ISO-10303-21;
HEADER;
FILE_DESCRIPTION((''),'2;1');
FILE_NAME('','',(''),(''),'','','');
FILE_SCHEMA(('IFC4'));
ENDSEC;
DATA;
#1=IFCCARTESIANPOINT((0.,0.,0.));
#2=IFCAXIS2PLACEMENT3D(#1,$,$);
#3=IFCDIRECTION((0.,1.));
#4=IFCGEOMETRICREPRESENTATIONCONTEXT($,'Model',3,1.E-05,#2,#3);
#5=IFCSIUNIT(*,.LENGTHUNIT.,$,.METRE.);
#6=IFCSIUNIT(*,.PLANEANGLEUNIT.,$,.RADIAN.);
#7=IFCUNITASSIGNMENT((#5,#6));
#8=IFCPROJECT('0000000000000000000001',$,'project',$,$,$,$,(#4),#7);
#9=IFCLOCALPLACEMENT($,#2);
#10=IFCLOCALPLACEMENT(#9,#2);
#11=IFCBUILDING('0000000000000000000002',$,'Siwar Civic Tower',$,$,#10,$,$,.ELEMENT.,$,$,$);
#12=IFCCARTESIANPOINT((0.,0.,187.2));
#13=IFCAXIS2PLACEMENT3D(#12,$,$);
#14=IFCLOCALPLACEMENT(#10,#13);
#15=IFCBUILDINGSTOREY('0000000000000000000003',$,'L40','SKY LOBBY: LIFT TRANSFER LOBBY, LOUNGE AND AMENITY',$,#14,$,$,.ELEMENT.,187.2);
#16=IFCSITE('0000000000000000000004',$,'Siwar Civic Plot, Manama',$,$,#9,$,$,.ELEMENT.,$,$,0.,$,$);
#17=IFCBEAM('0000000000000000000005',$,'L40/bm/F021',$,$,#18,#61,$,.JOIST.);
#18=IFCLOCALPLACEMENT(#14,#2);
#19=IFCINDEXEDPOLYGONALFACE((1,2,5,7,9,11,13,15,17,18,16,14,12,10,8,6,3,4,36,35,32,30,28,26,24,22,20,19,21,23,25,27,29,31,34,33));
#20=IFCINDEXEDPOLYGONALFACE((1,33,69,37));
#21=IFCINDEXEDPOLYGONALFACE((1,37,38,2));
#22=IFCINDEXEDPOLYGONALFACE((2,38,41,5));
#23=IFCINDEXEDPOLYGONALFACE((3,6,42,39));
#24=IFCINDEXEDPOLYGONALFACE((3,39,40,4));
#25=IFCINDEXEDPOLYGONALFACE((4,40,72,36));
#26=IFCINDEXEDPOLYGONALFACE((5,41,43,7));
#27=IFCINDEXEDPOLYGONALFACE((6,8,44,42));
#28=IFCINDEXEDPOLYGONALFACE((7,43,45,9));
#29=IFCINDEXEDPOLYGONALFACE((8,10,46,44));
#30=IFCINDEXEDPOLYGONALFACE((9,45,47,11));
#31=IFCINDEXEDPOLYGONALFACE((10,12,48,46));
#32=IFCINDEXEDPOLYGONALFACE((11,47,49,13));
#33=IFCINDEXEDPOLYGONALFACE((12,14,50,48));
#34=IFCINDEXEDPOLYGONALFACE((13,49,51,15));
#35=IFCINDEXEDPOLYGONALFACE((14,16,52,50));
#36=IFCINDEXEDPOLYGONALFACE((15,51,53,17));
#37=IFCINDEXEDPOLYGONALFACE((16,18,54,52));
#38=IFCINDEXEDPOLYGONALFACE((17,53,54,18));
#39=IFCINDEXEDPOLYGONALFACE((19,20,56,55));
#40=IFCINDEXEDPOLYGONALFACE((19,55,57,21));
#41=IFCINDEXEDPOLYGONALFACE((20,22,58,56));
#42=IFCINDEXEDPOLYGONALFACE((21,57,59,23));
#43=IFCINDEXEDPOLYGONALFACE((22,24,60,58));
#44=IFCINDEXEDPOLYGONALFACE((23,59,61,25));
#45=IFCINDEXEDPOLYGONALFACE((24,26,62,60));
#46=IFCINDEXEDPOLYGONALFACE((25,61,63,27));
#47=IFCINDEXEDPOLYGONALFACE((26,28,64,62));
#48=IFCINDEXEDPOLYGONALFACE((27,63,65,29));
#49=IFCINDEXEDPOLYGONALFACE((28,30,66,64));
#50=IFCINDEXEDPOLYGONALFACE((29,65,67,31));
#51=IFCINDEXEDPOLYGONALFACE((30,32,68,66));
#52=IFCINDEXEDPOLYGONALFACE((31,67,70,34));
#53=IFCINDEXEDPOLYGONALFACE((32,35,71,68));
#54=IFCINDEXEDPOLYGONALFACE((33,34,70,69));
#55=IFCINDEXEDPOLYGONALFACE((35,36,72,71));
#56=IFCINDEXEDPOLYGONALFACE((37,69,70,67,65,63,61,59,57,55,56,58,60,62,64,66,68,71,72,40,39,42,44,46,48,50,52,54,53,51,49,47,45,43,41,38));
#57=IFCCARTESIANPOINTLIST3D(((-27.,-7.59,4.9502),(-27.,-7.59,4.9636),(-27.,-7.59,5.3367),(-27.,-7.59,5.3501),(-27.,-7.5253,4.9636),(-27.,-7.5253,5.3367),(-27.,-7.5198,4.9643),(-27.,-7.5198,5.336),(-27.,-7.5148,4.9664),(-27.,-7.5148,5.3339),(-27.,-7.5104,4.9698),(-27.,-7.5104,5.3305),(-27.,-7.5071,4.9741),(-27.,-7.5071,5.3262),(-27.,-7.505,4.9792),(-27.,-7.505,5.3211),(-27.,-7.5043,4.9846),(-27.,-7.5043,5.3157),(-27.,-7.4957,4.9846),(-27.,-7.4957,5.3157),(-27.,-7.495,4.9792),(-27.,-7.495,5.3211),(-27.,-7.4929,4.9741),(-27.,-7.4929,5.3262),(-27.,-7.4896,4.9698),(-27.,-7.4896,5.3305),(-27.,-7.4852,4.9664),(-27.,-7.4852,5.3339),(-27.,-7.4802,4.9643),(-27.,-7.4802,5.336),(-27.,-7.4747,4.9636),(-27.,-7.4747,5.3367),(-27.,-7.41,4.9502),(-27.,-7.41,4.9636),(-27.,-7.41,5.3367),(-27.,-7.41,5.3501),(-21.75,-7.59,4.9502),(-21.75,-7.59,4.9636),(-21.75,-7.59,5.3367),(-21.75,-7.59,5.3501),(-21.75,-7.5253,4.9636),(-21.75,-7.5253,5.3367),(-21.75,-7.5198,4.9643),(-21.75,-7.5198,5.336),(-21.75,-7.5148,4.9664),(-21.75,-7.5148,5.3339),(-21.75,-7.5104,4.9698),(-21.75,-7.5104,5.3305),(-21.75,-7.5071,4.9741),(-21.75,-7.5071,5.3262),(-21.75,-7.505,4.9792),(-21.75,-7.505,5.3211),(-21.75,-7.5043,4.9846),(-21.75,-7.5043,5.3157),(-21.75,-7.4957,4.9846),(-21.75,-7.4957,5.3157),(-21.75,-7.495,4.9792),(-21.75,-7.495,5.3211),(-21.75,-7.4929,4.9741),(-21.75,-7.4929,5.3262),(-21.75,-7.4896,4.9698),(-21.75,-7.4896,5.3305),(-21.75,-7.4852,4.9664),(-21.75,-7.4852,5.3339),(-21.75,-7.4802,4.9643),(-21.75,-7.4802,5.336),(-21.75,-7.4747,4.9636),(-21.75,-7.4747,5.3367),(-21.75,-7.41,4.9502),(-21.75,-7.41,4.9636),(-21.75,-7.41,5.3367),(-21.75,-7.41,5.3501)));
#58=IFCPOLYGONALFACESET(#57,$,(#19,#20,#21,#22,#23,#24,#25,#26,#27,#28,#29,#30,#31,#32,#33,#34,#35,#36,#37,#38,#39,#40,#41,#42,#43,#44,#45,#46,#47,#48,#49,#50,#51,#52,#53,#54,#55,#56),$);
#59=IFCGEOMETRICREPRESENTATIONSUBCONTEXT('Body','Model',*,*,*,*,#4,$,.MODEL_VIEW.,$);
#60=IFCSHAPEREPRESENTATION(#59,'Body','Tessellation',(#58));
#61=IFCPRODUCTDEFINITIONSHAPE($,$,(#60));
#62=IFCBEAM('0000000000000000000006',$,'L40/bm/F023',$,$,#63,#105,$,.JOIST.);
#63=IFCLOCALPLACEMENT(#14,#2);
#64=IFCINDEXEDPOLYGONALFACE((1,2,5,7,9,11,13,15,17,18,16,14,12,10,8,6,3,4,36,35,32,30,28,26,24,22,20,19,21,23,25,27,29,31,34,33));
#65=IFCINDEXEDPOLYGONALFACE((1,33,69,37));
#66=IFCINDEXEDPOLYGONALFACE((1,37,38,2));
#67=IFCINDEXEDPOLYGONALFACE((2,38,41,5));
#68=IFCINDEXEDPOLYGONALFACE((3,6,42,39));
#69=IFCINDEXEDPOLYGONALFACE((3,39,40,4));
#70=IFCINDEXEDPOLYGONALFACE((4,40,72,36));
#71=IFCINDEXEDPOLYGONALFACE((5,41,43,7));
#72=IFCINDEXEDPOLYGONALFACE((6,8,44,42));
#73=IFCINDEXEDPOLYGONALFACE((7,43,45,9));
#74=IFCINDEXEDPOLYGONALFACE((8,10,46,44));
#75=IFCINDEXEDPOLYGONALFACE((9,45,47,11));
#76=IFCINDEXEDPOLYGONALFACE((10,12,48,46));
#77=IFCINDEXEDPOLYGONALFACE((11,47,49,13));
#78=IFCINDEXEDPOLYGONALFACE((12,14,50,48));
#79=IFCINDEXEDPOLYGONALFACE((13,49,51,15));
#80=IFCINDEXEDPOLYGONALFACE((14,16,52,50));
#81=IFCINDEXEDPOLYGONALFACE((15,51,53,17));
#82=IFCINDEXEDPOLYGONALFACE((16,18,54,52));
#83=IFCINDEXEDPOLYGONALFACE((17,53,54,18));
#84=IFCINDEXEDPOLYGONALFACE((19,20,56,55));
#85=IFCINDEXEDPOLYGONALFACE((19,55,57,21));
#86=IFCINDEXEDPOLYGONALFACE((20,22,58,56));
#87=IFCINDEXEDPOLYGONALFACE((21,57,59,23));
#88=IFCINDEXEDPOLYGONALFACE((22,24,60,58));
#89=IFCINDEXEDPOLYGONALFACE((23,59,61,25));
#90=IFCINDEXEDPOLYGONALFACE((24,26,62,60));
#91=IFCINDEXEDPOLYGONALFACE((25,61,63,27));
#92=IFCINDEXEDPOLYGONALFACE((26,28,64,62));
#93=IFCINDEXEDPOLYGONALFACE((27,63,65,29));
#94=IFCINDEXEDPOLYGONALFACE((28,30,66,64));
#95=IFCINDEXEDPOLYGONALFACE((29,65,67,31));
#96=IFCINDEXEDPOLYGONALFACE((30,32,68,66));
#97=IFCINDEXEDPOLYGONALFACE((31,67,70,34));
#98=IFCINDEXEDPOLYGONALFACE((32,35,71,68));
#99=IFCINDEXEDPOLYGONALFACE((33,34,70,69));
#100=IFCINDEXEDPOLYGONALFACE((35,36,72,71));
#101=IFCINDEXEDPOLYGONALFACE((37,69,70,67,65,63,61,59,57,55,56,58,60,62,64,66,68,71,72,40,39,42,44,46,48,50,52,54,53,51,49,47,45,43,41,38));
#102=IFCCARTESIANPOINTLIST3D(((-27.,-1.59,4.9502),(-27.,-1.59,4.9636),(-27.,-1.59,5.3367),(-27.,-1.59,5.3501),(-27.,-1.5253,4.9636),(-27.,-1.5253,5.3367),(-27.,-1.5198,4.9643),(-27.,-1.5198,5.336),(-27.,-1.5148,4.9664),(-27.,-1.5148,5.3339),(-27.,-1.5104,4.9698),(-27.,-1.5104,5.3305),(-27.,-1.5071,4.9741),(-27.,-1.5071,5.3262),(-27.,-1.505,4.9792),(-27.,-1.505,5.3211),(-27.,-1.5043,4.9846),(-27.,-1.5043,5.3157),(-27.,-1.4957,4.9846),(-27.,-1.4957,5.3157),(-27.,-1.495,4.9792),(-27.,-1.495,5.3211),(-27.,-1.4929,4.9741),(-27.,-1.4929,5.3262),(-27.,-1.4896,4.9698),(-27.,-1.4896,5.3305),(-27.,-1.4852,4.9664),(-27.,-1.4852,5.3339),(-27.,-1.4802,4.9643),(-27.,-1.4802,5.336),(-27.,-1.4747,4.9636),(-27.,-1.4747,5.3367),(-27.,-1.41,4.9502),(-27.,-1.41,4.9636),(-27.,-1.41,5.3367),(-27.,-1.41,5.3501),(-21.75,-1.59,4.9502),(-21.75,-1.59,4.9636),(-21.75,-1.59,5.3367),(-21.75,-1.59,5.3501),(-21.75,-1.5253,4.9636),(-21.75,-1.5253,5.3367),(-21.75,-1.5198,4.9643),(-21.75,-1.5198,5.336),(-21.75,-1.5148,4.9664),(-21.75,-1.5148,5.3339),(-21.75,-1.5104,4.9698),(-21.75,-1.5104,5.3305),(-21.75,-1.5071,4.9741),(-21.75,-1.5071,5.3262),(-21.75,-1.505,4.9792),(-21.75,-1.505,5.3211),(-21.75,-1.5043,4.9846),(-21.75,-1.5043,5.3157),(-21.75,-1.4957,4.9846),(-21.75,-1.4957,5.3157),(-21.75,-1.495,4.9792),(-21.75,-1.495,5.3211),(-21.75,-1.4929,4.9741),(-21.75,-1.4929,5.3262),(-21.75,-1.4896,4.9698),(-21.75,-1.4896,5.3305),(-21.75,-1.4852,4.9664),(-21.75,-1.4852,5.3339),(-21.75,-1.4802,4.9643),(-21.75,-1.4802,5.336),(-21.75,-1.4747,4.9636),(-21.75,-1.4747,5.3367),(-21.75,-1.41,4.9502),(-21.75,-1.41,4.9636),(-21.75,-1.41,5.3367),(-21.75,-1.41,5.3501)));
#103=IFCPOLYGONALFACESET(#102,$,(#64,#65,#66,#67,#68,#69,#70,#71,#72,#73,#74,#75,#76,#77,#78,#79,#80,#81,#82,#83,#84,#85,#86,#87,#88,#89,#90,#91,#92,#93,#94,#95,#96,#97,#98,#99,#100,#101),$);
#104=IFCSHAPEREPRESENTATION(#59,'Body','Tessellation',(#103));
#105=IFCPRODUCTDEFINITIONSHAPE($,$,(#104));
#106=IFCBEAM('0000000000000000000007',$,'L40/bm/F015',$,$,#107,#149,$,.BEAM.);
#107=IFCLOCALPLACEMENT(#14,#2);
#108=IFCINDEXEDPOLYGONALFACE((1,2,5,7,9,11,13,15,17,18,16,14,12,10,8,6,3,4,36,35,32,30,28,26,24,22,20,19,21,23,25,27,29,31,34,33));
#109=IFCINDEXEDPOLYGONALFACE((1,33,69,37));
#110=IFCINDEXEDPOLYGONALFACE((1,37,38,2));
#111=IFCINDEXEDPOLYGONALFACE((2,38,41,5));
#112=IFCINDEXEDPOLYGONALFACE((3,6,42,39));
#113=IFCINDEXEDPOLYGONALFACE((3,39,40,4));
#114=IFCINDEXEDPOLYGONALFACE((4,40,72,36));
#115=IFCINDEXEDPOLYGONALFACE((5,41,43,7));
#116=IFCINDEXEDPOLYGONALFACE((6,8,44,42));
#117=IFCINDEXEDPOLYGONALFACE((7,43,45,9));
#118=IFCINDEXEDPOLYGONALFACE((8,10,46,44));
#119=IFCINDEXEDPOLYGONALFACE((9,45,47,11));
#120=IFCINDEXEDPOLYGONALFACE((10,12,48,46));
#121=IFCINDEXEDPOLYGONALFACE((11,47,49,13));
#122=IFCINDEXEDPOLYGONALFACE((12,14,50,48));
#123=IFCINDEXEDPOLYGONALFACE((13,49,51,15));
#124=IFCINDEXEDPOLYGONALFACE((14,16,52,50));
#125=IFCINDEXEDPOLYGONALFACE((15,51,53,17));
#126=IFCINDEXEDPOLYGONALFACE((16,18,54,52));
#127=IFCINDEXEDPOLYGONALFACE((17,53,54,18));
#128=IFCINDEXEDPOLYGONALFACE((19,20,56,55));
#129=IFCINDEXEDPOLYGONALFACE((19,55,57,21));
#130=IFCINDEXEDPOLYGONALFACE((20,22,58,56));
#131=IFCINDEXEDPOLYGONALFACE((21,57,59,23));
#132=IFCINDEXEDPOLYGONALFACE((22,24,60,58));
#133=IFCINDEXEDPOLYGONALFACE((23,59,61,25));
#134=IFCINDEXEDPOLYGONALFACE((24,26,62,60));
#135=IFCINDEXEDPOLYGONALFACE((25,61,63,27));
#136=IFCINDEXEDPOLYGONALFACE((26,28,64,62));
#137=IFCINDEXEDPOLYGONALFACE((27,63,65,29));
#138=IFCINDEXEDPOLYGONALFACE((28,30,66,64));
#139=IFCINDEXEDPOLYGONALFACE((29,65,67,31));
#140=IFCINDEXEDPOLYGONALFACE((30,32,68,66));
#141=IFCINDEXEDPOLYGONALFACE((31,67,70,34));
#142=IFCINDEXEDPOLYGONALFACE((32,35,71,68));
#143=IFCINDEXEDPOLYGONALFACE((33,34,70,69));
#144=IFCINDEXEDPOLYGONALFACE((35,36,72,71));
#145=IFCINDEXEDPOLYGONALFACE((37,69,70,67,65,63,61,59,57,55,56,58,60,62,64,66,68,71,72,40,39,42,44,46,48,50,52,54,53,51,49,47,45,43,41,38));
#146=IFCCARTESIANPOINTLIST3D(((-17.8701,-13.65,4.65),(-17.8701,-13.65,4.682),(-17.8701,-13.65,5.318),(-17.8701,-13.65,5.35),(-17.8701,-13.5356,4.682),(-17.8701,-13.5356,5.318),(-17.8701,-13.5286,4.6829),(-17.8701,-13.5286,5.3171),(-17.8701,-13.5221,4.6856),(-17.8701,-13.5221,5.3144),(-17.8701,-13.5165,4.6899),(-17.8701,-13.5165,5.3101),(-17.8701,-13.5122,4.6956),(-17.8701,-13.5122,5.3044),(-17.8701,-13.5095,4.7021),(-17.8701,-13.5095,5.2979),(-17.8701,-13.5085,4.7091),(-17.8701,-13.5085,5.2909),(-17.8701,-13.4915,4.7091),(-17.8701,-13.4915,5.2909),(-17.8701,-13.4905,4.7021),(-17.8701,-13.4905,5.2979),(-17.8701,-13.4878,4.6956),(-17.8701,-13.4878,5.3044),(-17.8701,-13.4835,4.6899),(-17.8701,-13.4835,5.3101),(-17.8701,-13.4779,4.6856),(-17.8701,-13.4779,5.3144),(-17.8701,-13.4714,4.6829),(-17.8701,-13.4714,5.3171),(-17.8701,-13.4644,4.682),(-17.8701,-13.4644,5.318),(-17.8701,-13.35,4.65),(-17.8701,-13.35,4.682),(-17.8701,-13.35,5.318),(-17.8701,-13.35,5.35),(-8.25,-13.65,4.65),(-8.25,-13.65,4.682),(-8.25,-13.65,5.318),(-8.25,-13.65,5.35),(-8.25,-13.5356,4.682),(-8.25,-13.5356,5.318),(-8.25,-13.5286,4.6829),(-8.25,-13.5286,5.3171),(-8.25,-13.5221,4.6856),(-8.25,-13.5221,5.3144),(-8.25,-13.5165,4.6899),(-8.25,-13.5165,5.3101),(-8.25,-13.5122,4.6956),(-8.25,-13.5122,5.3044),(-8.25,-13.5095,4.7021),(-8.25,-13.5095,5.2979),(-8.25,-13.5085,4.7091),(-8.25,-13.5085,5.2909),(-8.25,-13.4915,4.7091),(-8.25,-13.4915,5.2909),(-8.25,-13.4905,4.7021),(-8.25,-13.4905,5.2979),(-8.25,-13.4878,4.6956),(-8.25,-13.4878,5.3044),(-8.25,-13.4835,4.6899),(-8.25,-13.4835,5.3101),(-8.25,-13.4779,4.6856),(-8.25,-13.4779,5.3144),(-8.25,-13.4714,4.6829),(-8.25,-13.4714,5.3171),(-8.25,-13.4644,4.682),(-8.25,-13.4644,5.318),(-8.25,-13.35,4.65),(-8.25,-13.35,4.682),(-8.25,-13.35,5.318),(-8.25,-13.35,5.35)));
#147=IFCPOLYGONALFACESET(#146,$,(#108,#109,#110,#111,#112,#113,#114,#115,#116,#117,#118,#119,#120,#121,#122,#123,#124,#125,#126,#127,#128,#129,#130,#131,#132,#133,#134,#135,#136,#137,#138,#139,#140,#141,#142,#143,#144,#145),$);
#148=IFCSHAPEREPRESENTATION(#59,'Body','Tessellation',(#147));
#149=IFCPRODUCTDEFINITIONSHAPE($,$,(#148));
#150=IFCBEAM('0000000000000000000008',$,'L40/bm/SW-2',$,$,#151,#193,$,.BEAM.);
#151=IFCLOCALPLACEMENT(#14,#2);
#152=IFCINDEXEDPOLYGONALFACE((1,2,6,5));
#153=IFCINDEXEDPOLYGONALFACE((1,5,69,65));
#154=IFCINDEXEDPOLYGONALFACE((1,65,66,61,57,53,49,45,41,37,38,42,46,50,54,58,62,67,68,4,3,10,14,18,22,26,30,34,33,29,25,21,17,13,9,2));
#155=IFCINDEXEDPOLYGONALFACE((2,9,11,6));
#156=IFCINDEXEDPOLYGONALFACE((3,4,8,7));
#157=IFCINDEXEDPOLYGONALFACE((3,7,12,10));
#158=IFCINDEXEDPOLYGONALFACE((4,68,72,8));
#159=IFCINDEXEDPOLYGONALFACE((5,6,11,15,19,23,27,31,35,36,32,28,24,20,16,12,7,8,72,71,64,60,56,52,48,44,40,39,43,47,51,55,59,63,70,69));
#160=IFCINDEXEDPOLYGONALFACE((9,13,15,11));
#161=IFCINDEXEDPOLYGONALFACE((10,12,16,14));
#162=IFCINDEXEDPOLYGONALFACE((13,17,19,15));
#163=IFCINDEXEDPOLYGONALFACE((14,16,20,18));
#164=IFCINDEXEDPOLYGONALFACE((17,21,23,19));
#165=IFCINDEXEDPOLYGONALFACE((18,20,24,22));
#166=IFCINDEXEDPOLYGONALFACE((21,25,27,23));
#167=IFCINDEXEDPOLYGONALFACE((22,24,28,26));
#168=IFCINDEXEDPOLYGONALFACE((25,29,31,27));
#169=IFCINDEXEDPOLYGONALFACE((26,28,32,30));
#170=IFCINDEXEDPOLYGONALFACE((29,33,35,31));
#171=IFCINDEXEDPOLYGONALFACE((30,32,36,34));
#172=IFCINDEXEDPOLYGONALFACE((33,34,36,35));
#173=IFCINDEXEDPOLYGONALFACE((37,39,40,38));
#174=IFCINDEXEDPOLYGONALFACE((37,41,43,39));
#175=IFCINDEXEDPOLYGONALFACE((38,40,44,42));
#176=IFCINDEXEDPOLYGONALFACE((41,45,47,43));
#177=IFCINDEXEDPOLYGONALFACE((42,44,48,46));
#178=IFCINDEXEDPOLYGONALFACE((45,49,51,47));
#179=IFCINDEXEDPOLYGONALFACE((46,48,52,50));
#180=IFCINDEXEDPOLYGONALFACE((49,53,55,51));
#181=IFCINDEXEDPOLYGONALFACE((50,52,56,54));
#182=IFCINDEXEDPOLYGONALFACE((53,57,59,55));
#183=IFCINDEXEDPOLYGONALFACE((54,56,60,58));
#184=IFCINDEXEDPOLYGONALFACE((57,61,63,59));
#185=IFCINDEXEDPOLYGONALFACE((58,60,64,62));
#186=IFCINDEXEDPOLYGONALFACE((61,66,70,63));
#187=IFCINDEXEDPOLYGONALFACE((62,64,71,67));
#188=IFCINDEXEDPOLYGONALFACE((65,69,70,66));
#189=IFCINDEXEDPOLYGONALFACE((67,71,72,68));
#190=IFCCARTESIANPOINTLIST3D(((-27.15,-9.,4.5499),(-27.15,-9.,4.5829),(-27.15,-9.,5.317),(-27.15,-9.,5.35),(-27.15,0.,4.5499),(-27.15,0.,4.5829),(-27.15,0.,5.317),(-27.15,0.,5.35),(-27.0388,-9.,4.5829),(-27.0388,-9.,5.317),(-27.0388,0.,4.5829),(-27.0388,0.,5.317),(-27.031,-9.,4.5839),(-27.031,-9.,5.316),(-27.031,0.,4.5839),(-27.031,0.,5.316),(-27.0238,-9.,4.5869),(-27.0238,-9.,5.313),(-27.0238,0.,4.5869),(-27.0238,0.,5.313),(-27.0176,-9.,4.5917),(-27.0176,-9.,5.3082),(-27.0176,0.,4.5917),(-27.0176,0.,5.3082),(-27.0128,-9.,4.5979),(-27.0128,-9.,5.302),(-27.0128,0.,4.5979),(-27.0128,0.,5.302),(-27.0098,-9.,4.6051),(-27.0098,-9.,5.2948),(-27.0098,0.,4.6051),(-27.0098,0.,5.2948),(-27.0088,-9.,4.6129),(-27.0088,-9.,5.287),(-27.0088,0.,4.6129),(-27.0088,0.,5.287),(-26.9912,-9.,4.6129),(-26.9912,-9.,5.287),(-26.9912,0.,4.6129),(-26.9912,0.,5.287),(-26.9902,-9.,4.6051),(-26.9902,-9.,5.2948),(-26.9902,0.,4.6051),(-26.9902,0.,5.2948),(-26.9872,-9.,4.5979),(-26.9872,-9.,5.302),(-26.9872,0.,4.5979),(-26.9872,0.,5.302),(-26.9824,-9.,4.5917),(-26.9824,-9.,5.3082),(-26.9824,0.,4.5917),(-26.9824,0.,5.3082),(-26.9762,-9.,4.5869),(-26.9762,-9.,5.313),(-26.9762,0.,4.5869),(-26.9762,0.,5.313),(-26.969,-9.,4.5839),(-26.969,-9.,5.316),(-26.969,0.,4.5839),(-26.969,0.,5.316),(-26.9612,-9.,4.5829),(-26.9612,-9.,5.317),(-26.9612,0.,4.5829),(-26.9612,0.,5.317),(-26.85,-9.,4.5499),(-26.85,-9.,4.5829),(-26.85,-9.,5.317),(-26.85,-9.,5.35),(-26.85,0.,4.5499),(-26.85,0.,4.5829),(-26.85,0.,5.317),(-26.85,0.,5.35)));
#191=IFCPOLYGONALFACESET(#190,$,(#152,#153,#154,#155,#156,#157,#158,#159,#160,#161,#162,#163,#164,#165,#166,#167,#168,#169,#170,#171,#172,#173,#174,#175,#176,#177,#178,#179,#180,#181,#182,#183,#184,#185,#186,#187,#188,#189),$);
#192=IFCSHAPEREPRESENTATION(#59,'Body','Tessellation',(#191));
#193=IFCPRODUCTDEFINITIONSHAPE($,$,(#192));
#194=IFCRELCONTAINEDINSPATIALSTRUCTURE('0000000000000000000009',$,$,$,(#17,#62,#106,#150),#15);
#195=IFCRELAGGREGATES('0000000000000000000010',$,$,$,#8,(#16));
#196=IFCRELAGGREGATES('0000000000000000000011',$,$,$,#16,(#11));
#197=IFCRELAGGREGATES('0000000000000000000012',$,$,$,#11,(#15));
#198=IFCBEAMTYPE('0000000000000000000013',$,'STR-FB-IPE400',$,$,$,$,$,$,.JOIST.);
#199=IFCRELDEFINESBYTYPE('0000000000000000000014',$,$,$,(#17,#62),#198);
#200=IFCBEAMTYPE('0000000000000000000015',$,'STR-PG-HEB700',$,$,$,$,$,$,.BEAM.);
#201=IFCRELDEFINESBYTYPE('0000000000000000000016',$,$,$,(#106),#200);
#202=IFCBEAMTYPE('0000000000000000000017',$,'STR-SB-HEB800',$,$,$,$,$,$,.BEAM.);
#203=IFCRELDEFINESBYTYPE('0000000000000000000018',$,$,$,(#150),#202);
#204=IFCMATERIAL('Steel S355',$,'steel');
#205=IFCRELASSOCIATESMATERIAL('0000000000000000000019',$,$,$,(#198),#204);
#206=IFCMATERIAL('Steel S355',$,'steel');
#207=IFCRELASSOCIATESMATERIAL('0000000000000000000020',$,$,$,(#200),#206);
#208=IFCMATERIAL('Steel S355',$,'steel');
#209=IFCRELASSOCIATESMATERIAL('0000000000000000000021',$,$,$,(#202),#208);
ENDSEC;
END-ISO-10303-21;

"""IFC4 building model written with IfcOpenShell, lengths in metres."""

from ifc_helpers import new_model, si_unit, direction, frame, origin, origin_2d, place, context, subcontext, project, spatial, i_section, extrude, material, material_profile, profile_set, type_object, element, save


model = new_model("IFC4")

# Units and contexts
model_context = context("Model", 3, precision=1e-05, world=origin(), true_north=direction((0.0, 1.0)))
body_context = subcontext(model_context, "Body", "Model", "MODEL_VIEW")
ifc_project = project(units=[si_unit("LENGTHUNIT", "METRE"), si_unit("PLANEANGLEUNIT", "RADIAN")], contexts=[model_context])

# Site, building, storey
site_placement = place(None, origin())
site = spatial("IfcSite", under=ifc_project, at=site_placement, Name="Siwar Civic Plot, Manama", CompositionType="ELEMENT", RefElevation=0.0)
building_placement = place(site_placement, origin())
building = spatial("IfcBuilding", under=site, at=building_placement, Name="Siwar Civic Tower", CompositionType="ELEMENT")
storey_placement = place(building_placement, frame((0.0, 0.0, 187.2)))
storey = spatial("IfcBuildingStorey", under=building, at=storey_placement, Name="L40", Description="SKY LOBBY: LIFT TRANSFER LOBBY, LOUNGE AND AMENITY", CompositionType="ELEMENT", Elevation=187.2)

# Beams
ifc_material_1 = material(Name="Steel S355", Category="steel")
ifc_material_profile_1 = material_profile(ifc_material_1, i_section(OverallWidth=0.1799, OverallDepth=0.3999, WebThickness=0.0085, FlangeThickness=0.0134, FilletRadius=0.021, at=origin_2d()), Name="IPE400")
ifc_profile_set_1 = profile_set([ifc_material_profile_1], Name="Steel S355")
beam_type_1 = type_object("IfcBeamType", Name="STR-FB-IPE400", PredefinedType="JOIST", material=ifc_profile_set_1)
for number, where, z_axis, x_axis, name in (
    (1, (-27.0, -7.5, 5.1501), (1.0, 0.0, 0.0), (0.0, 1.0, 0.0), "L40/bm/F021"),
    (2, (-27.0, -1.5, 5.1501), (1.0, 0.0, 0.0), (0.0, 1.0, 0.0), "L40/bm/F023"),
):
    element("IfcBeam", number, at=place(storey_placement, frame(where, z_axis=z_axis, x_axis=x_axis)), inside=storey, type_object=beam_type_1, Name=name, PredefinedType="JOIST", context=body_context, shape_type="SweptSolid", body=[
        extrude(i_section(OverallWidth=0.1799, OverallDepth=0.3999, WebThickness=0.0085, FlangeThickness=0.0134, FilletRadius=0.021, at=origin_2d()), origin(), (0.0, 0.0, 1.0), 5.25),
    ])
ifc_material_2 = material(Name="Steel S355", Category="steel")
ifc_material_profile_2 = material_profile(ifc_material_2, i_section(OverallWidth=0.3, OverallDepth=0.7, WebThickness=0.0171, FlangeThickness=0.032, FilletRadius=0.0271, at=origin_2d()), Name="HEB700")
ifc_profile_set_2 = profile_set([ifc_material_profile_2], Name="Steel S355")
beam_type_2 = type_object("IfcBeamType", Name="STR-PG-HEB700", PredefinedType="BEAM", material=ifc_profile_set_2)
beam_1_placement = place(storey_placement, frame((-17.8701, -13.5, 5.0), z_axis=(1.0, 0.0, 0.0), x_axis=(0.0, 1.0, 0.0)))
element("IfcBeam", 3, at=beam_1_placement, inside=storey, type_object=beam_type_2, Name="L40/bm/F015", PredefinedType="BEAM", context=body_context, shape_type="SweptSolid", body=[
    extrude(i_section(OverallWidth=0.3, OverallDepth=0.7, WebThickness=0.0171, FlangeThickness=0.032, FilletRadius=0.0271, at=origin_2d()), origin(), (0.0, 0.0, 1.0), 9.6201),
])
ifc_material_3 = material(Name="Steel S355", Category="steel")
ifc_material_profile_3 = material_profile(ifc_material_3, i_section(OverallWidth=0.3, OverallDepth=0.8, WebThickness=0.0176, FlangeThickness=0.033, FilletRadius=0.03, at=origin_2d()), Name="HEB800")
ifc_profile_set_3 = profile_set([ifc_material_profile_3], Name="Steel S355")
beam_type_3 = type_object("IfcBeamType", Name="STR-SB-HEB800", PredefinedType="BEAM", material=ifc_profile_set_3)
for number, where, z_axis, x_axis, name in (
    (4, (-27.0, 0.0, 4.95), (0.0, -1.0, 0.0), (1.0, 0.0, 0.0), "L40/bm/SW-2"),
):
    element("IfcBeam", number, at=place(storey_placement, frame(where, z_axis=z_axis, x_axis=x_axis)), inside=storey, type_object=beam_type_3, Name=name, PredefinedType="BEAM", context=body_context, shape_type="SweptSolid", body=[
        extrude(i_section(OverallWidth=0.3, OverallDepth=0.8, WebThickness=0.0176, FlangeThickness=0.033, FilletRadius=0.03, at=origin_2d()), origin(), (0.0, 0.0, 1.0), 9.0),
    ])

save(model, "model.ifc")
